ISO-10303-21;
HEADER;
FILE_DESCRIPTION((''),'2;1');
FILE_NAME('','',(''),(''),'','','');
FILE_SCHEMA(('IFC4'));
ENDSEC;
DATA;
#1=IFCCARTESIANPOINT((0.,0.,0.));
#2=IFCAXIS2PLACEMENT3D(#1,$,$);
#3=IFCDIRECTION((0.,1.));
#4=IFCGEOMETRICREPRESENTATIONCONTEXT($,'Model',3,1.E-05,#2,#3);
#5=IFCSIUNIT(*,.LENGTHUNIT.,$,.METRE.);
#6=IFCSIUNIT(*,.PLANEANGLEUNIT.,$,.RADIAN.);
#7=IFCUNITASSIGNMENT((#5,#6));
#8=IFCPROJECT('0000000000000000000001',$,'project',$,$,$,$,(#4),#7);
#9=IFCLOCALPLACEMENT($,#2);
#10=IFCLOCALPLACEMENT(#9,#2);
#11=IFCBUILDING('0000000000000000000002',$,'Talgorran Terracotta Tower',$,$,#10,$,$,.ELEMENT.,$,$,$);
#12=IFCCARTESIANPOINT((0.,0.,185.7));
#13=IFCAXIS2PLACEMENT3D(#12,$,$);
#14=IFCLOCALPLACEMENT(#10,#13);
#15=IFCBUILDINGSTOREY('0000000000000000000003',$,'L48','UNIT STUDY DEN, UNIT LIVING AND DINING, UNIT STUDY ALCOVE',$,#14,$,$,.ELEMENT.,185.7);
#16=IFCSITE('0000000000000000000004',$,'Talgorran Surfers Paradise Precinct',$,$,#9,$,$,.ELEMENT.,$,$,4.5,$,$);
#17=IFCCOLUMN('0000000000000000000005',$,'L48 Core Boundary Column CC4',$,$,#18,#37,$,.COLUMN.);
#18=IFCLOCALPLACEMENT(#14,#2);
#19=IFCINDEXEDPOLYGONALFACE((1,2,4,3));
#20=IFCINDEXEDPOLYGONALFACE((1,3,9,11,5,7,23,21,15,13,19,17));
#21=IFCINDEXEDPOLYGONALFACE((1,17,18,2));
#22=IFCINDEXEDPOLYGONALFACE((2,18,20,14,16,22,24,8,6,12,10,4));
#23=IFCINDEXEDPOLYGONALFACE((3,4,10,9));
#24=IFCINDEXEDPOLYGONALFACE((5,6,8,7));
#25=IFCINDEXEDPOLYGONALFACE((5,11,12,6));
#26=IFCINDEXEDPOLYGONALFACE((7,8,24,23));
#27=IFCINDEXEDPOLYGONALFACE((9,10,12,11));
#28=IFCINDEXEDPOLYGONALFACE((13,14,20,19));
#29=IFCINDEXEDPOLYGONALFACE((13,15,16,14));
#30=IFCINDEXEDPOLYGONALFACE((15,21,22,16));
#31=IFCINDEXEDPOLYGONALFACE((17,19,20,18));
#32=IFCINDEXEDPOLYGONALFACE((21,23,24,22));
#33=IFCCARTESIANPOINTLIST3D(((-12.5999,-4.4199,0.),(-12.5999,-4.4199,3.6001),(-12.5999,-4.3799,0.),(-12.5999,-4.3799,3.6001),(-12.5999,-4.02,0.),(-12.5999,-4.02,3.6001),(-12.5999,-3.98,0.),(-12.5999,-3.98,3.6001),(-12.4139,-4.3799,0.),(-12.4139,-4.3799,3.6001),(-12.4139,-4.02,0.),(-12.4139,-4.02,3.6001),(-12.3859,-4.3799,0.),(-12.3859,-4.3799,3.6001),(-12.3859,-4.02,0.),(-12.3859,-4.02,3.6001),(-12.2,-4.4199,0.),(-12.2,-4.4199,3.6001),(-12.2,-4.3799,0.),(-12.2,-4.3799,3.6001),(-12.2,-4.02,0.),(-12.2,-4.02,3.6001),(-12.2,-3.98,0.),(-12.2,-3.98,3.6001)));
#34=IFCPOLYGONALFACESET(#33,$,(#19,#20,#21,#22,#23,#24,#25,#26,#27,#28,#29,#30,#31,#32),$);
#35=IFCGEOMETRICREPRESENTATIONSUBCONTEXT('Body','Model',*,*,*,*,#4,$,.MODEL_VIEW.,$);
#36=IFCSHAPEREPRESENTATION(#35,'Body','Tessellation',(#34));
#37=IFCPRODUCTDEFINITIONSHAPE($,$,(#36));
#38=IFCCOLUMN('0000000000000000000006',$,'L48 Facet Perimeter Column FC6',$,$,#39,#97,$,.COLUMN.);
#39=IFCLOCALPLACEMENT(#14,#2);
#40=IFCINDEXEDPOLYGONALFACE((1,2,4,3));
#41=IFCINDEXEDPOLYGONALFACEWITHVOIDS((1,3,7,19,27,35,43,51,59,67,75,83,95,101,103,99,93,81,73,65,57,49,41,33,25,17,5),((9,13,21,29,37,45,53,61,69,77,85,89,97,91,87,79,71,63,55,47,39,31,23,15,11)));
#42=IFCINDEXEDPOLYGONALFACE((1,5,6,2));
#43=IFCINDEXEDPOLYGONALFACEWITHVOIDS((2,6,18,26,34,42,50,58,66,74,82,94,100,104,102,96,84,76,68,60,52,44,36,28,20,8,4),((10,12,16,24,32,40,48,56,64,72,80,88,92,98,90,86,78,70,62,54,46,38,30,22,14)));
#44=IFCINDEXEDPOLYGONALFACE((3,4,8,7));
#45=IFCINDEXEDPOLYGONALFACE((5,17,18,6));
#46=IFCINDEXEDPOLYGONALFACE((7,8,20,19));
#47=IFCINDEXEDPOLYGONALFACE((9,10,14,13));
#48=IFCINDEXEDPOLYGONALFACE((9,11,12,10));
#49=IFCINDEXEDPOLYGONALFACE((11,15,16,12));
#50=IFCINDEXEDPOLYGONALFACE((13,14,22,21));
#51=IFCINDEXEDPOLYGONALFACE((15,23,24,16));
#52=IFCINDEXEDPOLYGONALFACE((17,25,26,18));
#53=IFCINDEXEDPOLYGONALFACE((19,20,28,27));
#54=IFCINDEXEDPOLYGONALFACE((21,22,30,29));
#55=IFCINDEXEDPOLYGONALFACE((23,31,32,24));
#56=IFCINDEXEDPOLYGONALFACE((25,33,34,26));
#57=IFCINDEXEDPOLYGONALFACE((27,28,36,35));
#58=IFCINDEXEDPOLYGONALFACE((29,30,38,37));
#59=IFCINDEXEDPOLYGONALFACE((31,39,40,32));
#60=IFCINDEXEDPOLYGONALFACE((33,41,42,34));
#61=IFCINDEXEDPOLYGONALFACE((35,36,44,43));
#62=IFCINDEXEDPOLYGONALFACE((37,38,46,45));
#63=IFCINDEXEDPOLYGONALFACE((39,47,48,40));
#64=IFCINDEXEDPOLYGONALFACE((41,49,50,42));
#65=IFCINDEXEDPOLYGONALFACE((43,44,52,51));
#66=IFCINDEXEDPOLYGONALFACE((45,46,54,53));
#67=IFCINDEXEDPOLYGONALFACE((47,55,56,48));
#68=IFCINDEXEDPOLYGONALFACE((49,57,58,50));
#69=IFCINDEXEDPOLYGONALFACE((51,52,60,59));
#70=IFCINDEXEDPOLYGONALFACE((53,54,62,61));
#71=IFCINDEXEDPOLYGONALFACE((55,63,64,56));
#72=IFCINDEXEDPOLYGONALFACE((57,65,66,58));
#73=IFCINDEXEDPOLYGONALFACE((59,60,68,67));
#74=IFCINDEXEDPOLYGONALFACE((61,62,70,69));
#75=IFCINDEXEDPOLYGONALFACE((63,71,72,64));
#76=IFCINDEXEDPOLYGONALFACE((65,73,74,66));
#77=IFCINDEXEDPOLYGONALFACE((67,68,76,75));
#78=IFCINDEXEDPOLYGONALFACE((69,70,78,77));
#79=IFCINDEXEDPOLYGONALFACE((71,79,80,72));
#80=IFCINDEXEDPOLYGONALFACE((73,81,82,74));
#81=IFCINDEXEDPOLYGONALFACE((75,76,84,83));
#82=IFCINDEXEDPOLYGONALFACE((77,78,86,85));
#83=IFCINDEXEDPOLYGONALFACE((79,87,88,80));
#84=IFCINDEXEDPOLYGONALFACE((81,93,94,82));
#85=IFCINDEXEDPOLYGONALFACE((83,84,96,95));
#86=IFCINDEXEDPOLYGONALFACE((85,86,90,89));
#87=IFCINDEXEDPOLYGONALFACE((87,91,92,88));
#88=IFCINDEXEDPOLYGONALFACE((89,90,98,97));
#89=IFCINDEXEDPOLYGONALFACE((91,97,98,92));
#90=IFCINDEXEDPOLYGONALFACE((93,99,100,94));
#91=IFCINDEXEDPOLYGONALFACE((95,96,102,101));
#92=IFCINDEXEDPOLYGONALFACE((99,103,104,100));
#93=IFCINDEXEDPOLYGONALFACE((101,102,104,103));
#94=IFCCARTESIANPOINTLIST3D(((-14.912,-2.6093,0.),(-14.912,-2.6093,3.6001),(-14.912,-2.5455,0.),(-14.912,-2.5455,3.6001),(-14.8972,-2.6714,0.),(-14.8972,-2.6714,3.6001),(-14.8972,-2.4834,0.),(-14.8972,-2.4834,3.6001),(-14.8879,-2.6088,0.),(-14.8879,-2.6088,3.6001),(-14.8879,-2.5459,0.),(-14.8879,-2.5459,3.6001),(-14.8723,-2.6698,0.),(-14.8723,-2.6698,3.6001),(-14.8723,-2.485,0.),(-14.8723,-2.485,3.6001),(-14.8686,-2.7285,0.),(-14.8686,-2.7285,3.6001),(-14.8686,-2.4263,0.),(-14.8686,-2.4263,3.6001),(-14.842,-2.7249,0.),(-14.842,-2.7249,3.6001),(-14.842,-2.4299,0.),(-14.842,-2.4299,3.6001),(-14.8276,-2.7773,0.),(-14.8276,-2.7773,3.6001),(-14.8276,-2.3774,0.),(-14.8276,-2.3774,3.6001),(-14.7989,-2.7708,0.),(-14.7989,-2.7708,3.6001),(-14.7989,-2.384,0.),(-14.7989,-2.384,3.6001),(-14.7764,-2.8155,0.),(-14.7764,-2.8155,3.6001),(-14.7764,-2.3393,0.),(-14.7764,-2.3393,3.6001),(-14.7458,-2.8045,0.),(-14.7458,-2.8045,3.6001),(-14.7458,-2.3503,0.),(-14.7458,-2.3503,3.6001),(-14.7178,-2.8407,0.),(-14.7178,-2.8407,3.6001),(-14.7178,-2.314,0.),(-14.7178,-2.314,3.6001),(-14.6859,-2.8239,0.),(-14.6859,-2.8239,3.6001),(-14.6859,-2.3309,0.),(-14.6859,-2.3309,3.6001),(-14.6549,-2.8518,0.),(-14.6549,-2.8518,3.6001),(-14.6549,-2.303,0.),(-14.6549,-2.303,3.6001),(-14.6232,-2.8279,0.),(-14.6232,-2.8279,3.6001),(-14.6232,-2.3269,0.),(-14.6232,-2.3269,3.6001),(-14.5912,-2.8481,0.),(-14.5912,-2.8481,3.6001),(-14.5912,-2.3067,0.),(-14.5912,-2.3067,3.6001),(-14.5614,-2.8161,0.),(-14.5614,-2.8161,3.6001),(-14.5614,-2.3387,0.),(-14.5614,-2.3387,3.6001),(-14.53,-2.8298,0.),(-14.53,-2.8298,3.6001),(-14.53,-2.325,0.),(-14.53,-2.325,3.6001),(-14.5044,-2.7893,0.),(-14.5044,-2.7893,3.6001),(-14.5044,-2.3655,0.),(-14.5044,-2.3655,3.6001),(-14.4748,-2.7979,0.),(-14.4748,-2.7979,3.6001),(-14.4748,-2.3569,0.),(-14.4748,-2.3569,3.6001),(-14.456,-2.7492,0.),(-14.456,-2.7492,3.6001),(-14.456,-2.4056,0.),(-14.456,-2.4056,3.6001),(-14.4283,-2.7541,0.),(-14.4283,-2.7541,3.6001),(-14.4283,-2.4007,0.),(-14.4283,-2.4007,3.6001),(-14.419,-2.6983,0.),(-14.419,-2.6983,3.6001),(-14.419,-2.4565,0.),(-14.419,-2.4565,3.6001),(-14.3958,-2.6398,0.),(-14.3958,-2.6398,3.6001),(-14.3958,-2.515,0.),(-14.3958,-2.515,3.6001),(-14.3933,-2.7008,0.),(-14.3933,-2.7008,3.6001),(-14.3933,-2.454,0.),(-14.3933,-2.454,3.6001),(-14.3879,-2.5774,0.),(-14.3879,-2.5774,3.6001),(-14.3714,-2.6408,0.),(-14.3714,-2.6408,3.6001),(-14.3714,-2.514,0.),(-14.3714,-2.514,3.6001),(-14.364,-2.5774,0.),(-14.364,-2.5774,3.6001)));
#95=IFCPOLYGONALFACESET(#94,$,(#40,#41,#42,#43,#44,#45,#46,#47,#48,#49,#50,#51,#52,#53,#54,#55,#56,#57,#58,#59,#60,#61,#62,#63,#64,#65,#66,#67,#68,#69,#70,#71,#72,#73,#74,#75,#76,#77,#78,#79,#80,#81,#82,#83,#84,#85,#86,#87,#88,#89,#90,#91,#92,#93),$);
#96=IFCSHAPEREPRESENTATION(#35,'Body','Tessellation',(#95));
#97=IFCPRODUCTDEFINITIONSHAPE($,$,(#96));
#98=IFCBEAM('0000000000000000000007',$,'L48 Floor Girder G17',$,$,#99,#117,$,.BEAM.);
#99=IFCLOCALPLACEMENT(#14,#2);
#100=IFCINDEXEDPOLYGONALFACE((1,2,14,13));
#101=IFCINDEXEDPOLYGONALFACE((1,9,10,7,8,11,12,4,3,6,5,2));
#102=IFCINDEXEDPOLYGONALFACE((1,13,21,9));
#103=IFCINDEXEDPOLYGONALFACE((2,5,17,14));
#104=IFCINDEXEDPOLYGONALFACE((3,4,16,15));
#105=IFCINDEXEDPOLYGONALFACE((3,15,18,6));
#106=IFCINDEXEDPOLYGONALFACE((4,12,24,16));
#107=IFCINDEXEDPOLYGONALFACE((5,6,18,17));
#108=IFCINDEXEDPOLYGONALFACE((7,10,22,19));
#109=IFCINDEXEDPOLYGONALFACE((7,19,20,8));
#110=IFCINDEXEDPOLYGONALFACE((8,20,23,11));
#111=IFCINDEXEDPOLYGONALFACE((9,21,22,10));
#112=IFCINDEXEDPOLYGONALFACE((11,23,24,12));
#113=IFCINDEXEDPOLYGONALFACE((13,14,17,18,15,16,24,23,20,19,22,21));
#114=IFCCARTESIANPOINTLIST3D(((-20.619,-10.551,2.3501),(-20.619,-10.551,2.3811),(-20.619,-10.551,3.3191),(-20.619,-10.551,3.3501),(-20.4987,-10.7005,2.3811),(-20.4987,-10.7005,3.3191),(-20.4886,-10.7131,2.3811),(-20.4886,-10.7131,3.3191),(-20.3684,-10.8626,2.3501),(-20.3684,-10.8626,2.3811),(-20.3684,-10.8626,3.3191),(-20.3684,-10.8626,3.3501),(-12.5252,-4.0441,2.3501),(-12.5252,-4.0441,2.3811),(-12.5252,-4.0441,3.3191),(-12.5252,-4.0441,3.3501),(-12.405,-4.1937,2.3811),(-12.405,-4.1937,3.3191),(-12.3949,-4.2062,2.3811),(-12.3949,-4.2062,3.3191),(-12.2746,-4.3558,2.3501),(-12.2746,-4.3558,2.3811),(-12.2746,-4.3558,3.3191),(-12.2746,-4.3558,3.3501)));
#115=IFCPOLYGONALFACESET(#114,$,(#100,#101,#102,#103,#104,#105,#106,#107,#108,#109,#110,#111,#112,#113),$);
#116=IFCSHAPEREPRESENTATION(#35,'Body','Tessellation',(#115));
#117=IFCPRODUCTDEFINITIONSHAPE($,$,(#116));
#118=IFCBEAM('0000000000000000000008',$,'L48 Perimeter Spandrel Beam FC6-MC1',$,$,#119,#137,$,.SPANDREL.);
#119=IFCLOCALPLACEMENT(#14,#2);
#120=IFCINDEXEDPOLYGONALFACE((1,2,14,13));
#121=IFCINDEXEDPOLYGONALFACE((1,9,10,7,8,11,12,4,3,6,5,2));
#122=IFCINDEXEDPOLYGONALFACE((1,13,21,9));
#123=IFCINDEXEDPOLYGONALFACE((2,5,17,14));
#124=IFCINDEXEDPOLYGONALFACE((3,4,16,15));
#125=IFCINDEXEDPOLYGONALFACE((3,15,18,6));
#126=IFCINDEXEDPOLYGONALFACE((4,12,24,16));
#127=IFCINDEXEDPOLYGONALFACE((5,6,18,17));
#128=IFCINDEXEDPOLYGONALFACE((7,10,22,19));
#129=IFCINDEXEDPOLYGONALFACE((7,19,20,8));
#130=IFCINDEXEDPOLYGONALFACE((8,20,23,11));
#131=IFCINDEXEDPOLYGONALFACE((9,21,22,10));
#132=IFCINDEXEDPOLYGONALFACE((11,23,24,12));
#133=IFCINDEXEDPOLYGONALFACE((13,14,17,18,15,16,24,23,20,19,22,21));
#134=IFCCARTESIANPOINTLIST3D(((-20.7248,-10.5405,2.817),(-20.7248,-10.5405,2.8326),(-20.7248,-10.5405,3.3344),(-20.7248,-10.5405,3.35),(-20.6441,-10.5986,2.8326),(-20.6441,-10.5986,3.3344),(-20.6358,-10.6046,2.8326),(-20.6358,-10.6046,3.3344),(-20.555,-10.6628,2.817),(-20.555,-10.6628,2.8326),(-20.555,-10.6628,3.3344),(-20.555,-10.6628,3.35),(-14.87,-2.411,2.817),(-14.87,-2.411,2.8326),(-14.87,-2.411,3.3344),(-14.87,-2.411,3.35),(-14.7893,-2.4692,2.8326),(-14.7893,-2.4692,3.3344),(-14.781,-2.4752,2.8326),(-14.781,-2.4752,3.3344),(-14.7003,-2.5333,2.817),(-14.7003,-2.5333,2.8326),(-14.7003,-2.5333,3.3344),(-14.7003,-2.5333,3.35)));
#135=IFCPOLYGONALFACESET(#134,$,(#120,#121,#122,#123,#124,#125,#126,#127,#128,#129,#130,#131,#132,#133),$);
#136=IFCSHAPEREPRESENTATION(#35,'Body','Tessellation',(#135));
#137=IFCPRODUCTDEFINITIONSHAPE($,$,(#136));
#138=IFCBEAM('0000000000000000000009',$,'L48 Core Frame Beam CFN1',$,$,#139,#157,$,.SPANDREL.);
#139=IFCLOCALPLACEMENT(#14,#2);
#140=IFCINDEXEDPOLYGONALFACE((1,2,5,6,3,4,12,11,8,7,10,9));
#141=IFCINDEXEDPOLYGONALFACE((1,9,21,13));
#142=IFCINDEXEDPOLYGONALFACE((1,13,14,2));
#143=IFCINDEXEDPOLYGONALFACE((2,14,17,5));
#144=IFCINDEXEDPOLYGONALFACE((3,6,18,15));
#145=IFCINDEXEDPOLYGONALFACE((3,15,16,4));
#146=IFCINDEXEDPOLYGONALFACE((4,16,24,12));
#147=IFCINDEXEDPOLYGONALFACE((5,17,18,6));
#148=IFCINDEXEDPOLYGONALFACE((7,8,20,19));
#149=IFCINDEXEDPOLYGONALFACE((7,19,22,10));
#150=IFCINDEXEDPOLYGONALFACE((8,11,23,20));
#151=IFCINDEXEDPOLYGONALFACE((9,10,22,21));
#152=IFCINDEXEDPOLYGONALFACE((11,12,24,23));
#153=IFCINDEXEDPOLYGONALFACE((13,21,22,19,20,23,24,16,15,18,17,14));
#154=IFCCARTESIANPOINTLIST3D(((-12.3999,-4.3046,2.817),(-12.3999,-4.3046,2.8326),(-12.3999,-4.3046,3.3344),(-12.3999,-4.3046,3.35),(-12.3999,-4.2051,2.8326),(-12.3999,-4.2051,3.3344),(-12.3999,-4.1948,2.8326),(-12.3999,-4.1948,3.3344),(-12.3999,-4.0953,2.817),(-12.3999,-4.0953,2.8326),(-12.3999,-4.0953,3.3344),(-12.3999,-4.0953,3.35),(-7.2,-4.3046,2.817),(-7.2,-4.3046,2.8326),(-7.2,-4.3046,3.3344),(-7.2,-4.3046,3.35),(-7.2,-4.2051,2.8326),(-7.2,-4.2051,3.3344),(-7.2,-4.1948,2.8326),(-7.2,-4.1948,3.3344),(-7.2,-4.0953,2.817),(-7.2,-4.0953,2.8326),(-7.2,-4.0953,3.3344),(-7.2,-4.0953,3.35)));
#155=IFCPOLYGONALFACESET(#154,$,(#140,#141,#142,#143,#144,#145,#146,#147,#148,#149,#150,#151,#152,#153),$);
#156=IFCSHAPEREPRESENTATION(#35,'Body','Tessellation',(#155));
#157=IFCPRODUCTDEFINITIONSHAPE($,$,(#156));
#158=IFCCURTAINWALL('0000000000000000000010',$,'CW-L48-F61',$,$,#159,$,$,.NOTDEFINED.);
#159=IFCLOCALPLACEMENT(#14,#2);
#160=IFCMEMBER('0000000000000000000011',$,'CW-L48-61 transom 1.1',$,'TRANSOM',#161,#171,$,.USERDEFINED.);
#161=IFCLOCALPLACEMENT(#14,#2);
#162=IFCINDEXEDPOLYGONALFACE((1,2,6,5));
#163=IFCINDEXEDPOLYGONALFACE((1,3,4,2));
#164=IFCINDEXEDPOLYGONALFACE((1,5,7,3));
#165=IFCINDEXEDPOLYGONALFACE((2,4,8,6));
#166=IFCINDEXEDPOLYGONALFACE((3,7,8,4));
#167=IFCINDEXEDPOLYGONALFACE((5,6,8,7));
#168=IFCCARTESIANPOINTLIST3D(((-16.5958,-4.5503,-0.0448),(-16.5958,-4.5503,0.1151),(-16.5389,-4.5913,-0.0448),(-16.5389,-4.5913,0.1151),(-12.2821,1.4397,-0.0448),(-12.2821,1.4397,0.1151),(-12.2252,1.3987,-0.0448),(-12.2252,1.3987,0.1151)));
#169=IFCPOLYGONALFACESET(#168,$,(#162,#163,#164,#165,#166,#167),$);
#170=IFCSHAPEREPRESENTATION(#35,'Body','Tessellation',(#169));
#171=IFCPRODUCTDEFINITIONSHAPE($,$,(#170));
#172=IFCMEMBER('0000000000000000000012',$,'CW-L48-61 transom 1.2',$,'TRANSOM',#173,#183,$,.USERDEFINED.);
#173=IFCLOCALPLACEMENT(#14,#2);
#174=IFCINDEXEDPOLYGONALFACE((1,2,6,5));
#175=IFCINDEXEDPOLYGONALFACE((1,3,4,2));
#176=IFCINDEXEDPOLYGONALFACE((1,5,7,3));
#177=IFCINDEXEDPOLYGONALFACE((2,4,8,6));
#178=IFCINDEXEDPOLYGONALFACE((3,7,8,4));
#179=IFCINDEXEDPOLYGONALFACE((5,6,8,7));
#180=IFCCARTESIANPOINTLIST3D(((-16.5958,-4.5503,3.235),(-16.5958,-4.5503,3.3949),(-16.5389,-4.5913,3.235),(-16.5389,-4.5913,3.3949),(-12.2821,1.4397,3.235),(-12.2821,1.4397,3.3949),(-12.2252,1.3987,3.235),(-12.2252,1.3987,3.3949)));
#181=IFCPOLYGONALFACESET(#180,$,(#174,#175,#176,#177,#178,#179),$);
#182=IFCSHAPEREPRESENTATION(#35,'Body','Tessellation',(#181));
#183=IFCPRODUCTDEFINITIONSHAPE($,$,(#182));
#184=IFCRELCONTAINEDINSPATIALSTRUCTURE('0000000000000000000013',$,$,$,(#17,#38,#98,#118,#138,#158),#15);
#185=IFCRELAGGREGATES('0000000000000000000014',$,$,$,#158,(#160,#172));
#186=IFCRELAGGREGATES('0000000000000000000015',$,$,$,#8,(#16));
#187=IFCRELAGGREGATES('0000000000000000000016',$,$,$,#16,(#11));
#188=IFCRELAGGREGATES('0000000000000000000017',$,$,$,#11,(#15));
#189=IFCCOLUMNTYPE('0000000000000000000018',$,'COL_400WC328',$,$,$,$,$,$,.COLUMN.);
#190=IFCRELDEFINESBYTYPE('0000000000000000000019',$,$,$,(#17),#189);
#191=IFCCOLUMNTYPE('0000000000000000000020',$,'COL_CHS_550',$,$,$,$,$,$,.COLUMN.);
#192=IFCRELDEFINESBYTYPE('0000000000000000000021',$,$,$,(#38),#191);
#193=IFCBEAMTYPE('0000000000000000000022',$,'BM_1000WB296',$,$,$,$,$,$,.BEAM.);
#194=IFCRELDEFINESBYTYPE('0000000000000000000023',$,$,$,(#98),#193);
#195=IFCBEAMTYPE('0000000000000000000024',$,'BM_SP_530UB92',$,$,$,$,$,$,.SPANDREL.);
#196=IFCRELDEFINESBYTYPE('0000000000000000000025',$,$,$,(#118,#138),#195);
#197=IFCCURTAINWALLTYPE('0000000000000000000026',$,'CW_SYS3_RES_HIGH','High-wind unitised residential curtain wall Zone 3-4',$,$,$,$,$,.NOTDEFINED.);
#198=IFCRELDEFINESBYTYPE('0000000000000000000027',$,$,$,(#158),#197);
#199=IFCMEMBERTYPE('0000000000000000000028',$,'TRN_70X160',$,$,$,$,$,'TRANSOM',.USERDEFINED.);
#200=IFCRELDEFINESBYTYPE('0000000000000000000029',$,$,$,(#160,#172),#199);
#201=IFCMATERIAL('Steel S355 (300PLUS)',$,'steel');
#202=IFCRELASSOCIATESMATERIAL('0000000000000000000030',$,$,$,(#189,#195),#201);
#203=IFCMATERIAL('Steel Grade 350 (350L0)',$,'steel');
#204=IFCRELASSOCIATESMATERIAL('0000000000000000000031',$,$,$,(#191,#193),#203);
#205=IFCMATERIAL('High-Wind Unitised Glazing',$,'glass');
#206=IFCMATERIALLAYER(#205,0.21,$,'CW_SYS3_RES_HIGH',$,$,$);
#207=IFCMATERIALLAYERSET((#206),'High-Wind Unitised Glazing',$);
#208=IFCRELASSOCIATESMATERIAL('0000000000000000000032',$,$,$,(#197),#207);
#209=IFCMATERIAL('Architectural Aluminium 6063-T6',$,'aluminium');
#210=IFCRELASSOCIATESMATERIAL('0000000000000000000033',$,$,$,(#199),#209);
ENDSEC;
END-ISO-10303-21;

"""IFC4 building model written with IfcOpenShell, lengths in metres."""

from ifc_helpers import new_model, si_unit, direction, frame, origin, origin_2d, place, context, subcontext, project, spatial, rectangle, hollow_circle, i_section, extrude, material, layer, layer_set, material_profile, profile_set, type_object, element, aggregate, save


model = new_model("IFC4")

# Units and contexts
model_context = context("Model", 3, precision=1e-05, world=origin(), true_north=direction((0.0, 1.0)))
body_context = subcontext(model_context, "Body", "Model", "MODEL_VIEW")
ifc_project = project(units=[si_unit("LENGTHUNIT", "METRE"), si_unit("PLANEANGLEUNIT", "RADIAN")], contexts=[model_context])

# Site, building, storey
site_placement = place(None, origin())
site = spatial("IfcSite", under=ifc_project, at=site_placement, Name="Talgorran Surfers Paradise Precinct", CompositionType="ELEMENT", RefElevation=4.5)
building_placement = place(site_placement, origin())
building = spatial("IfcBuilding", under=site, at=building_placement, Name="Talgorran Terracotta Tower", CompositionType="ELEMENT")
storey_placement = place(building_placement, frame((0.0, 0.0, 185.7)))
storey = spatial("IfcBuildingStorey", under=building, at=storey_placement, Name="L48", Description="UNIT STUDY DEN, UNIT LIVING AND DINING, UNIT STUDY ALCOVE", CompositionType="ELEMENT", Elevation=185.7)

# Columns
ifc_material_1 = material(Name="Steel S355 (300PLUS)", Category="steel")
ifc_material_profile_1 = material_profile(ifc_material_1, i_section(OverallWidth=0.3999, OverallDepth=0.4399, WebThickness=0.0281, FlangeThickness=0.04, at=origin_2d()), Name="400WC328")
ifc_profile_set_1 = profile_set([ifc_material_profile_1], Name="Steel S355 (300PLUS)")
column_type_1 = type_object("IfcColumnType", Name="COL_400WC328", PredefinedType="COLUMN", material=ifc_profile_set_1)
column_1_placement = place(storey_placement, frame((-12.3999, -4.2, 0.0), z_axis=(0.0, 0.0, 1.0), x_axis=(1.0, 0.0, 0.0)))
element("IfcColumn", 1, at=column_1_placement, inside=storey, type_object=column_type_1, Name="L48 Core Boundary Column CC4", PredefinedType="COLUMN", context=body_context, shape_type="SweptSolid", body=[
    extrude(i_section(OverallWidth=0.3999, OverallDepth=0.4399, WebThickness=0.0281, FlangeThickness=0.04, at=origin_2d()), origin(), (0.0, 0.0, 1.0), 3.6001),
])
ifc_material_2 = material(Name="Steel Grade 350 (350L0)", Category="steel")
ifc_material_profile_2 = material_profile(ifc_material_2, hollow_circle(Radius=0.2749, WallThickness=0.0239, at=origin_2d()), Name="CHS550X24")
ifc_profile_set_2 = profile_set([ifc_material_profile_2], Name="Steel Grade 350 (350L0)")
column_type_2 = type_object("IfcColumnType", Name="COL_CHS_550", PredefinedType="COLUMN", material=ifc_profile_set_2)
column_2_placement = place(storey_placement, frame((-14.6389, -2.5774, 0.0), z_axis=(0.0, 0.0, 1.0), x_axis=(1.0, 0.0, 0.0)))
element("IfcColumn", 2, at=column_2_placement, inside=storey, type_object=column_type_2, Name="L48 Facet Perimeter Column FC6", PredefinedType="COLUMN", context=body_context, shape_type="SweptSolid", body=[
    extrude(hollow_circle(Radius=0.2749, WallThickness=0.0239, at=origin_2d()), origin(), (0.0, 0.0, 1.0), 3.6001),
])

# Beams
ifc_material_profile_3 = material_profile(ifc_material_2, i_section(OverallWidth=0.3999, OverallDepth=1.0, WebThickness=0.0161, FlangeThickness=0.031, at=origin_2d()), Name="1000WB296")
ifc_profile_set_3 = profile_set([ifc_material_profile_3], Name="Steel Grade 350 (350L0)")
beam_type_1 = type_object("IfcBeamType", Name="BM_1000WB296", PredefinedType="BEAM", material=ifc_profile_set_3)
beam_1_placement = place(storey_placement, frame((-12.3999, -4.2, 2.8501), z_axis=(-0.779371, -0.626563, 0.0), x_axis=(0.626563, -0.779371, 0.0)))
element("IfcBeam", 3, at=beam_1_placement, inside=storey, type_object=beam_type_1, Name="L48 Floor Girder G17", PredefinedType="BEAM", context=body_context, shape_type="SweptSolid", body=[
    extrude(i_section(OverallWidth=0.3999, OverallDepth=1.0, WebThickness=0.0161, FlangeThickness=0.031, at=origin_2d()), origin(), (0.0, 0.0, 1.0), 10.385),
])
ifc_material_profile_4 = material_profile(ifc_material_1, i_section(OverallWidth=0.2092, OverallDepth=0.533, WebThickness=0.0103, FlangeThickness=0.0156, at=origin_2d()), Name="530UB92.4")
ifc_profile_set_4 = profile_set([ifc_material_profile_4], Name="Steel S355 (300PLUS)")
beam_type_2 = type_object("IfcBeamType", Name="BM_SP_530UB92", PredefinedType="SPANDREL", material=ifc_profile_set_4)
beam_2_placement = place(storey_placement, frame((-14.7852, -2.4722, 3.0835), z_axis=(-0.584408, -0.81146, 0.0), x_axis=(0.81146, -0.584408, 0.0)))
element("IfcBeam", 4, at=beam_2_placement, inside=storey, type_object=beam_type_2, Name="L48 Perimeter Spandrel Beam FC6-MC1", PredefinedType="SPANDREL", context=body_context, shape_type="SweptSolid", body=[
    extrude(i_section(OverallWidth=0.2092, OverallDepth=0.533, WebThickness=0.0103, FlangeThickness=0.0156, at=origin_2d()), origin(), (0.0, 0.0, 1.0), 10.0183),
])
beam_3_placement = place(storey_placement, frame((-12.3999, -4.2, 3.0835), z_axis=(1.0, 0.0, 0.0), x_axis=(0.0, 1.0, 0.0)))
element("IfcBeam", 5, at=beam_3_placement, inside=storey, type_object=beam_type_2, Name="L48 Core Frame Beam CFN1", PredefinedType="SPANDREL", context=body_context, shape_type="SweptSolid", body=[
    extrude(i_section(OverallWidth=0.2092, OverallDepth=0.533, WebThickness=0.0103, FlangeThickness=0.0156, at=origin_2d()), origin(), (0.0, 0.0, 1.0), 5.2),
])

# Curtain wall, members
ifc_material_3 = material(Name="High-Wind Unitised Glazing", Category="glass")
ifc_layer_1 = layer(ifc_material_3, 0.21, Name="CW_SYS3_RES_HIGH")
ifc_layer_set_1 = layer_set([ifc_layer_1], Name="High-Wind Unitised Glazing")
curtain_wall_type = type_object("IfcCurtainWallType", Name="CW_SYS3_RES_HIGH", Description="High-wind unitised residential curtain wall Zone 3-4", PredefinedType="NOTDEFINED", material=ifc_layer_set_1)
curtain_wall_placement = place(storey_placement, origin())
curtain_wall = element("IfcCurtainWall", 6, at=curtain_wall_placement, inside=storey, type_object=curtain_wall_type, Name="CW-L48-F61", PredefinedType="NOTDEFINED")
ifc_material_4 = material(Name="Architectural Aluminium 6063-T6", Category="aluminium")
ifc_material_profile_5 = material_profile(ifc_material_4, rectangle(XDim=0.0701, YDim=0.1599, at=origin_2d()), Name="CWT70X160")
ifc_profile_set_5 = profile_set([ifc_material_profile_5], Name="Architectural Aluminium 6063-T6")
member_type = type_object("IfcMemberType", Name="TRN_70X160", ElementType="TRANSOM", PredefinedType="USERDEFINED", material=ifc_profile_set_5)
member_1_placement = place(storey_placement, frame((-12.2537, 1.4192, 0.0352), z_axis=(-0.584387, -0.811475, 0.0), x_axis=(0.811475, -0.584387, 0.0)))
member_1 = element("IfcMember", 7, at=member_1_placement, type_object=member_type, Name="CW-L48-61 transom 1.1", ObjectType="TRANSOM", PredefinedType="USERDEFINED", context=body_context, shape_type="SweptSolid", body=[
    extrude(rectangle(XDim=0.0701, YDim=0.1599, at=origin_2d()), origin(), (0.0, 0.0, 1.0), 7.3816),
])
member_2_placement = place(storey_placement, frame((-12.2537, 1.4192, 3.3149), z_axis=(-0.584387, -0.811475, 0.0), x_axis=(0.811475, -0.584387, 0.0)))
member_2 = element("IfcMember", 8, at=member_2_placement, type_object=member_type, Name="CW-L48-61 transom 1.2", ObjectType="TRANSOM", PredefinedType="USERDEFINED", context=body_context, shape_type="SweptSolid", body=[
    extrude(rectangle(XDim=0.0701, YDim=0.1599, at=origin_2d()), origin(), (0.0, 0.0, 1.0), 7.3816),
])

aggregate(curtain_wall, [member_1, member_2])

save(model, "model.ifc")
